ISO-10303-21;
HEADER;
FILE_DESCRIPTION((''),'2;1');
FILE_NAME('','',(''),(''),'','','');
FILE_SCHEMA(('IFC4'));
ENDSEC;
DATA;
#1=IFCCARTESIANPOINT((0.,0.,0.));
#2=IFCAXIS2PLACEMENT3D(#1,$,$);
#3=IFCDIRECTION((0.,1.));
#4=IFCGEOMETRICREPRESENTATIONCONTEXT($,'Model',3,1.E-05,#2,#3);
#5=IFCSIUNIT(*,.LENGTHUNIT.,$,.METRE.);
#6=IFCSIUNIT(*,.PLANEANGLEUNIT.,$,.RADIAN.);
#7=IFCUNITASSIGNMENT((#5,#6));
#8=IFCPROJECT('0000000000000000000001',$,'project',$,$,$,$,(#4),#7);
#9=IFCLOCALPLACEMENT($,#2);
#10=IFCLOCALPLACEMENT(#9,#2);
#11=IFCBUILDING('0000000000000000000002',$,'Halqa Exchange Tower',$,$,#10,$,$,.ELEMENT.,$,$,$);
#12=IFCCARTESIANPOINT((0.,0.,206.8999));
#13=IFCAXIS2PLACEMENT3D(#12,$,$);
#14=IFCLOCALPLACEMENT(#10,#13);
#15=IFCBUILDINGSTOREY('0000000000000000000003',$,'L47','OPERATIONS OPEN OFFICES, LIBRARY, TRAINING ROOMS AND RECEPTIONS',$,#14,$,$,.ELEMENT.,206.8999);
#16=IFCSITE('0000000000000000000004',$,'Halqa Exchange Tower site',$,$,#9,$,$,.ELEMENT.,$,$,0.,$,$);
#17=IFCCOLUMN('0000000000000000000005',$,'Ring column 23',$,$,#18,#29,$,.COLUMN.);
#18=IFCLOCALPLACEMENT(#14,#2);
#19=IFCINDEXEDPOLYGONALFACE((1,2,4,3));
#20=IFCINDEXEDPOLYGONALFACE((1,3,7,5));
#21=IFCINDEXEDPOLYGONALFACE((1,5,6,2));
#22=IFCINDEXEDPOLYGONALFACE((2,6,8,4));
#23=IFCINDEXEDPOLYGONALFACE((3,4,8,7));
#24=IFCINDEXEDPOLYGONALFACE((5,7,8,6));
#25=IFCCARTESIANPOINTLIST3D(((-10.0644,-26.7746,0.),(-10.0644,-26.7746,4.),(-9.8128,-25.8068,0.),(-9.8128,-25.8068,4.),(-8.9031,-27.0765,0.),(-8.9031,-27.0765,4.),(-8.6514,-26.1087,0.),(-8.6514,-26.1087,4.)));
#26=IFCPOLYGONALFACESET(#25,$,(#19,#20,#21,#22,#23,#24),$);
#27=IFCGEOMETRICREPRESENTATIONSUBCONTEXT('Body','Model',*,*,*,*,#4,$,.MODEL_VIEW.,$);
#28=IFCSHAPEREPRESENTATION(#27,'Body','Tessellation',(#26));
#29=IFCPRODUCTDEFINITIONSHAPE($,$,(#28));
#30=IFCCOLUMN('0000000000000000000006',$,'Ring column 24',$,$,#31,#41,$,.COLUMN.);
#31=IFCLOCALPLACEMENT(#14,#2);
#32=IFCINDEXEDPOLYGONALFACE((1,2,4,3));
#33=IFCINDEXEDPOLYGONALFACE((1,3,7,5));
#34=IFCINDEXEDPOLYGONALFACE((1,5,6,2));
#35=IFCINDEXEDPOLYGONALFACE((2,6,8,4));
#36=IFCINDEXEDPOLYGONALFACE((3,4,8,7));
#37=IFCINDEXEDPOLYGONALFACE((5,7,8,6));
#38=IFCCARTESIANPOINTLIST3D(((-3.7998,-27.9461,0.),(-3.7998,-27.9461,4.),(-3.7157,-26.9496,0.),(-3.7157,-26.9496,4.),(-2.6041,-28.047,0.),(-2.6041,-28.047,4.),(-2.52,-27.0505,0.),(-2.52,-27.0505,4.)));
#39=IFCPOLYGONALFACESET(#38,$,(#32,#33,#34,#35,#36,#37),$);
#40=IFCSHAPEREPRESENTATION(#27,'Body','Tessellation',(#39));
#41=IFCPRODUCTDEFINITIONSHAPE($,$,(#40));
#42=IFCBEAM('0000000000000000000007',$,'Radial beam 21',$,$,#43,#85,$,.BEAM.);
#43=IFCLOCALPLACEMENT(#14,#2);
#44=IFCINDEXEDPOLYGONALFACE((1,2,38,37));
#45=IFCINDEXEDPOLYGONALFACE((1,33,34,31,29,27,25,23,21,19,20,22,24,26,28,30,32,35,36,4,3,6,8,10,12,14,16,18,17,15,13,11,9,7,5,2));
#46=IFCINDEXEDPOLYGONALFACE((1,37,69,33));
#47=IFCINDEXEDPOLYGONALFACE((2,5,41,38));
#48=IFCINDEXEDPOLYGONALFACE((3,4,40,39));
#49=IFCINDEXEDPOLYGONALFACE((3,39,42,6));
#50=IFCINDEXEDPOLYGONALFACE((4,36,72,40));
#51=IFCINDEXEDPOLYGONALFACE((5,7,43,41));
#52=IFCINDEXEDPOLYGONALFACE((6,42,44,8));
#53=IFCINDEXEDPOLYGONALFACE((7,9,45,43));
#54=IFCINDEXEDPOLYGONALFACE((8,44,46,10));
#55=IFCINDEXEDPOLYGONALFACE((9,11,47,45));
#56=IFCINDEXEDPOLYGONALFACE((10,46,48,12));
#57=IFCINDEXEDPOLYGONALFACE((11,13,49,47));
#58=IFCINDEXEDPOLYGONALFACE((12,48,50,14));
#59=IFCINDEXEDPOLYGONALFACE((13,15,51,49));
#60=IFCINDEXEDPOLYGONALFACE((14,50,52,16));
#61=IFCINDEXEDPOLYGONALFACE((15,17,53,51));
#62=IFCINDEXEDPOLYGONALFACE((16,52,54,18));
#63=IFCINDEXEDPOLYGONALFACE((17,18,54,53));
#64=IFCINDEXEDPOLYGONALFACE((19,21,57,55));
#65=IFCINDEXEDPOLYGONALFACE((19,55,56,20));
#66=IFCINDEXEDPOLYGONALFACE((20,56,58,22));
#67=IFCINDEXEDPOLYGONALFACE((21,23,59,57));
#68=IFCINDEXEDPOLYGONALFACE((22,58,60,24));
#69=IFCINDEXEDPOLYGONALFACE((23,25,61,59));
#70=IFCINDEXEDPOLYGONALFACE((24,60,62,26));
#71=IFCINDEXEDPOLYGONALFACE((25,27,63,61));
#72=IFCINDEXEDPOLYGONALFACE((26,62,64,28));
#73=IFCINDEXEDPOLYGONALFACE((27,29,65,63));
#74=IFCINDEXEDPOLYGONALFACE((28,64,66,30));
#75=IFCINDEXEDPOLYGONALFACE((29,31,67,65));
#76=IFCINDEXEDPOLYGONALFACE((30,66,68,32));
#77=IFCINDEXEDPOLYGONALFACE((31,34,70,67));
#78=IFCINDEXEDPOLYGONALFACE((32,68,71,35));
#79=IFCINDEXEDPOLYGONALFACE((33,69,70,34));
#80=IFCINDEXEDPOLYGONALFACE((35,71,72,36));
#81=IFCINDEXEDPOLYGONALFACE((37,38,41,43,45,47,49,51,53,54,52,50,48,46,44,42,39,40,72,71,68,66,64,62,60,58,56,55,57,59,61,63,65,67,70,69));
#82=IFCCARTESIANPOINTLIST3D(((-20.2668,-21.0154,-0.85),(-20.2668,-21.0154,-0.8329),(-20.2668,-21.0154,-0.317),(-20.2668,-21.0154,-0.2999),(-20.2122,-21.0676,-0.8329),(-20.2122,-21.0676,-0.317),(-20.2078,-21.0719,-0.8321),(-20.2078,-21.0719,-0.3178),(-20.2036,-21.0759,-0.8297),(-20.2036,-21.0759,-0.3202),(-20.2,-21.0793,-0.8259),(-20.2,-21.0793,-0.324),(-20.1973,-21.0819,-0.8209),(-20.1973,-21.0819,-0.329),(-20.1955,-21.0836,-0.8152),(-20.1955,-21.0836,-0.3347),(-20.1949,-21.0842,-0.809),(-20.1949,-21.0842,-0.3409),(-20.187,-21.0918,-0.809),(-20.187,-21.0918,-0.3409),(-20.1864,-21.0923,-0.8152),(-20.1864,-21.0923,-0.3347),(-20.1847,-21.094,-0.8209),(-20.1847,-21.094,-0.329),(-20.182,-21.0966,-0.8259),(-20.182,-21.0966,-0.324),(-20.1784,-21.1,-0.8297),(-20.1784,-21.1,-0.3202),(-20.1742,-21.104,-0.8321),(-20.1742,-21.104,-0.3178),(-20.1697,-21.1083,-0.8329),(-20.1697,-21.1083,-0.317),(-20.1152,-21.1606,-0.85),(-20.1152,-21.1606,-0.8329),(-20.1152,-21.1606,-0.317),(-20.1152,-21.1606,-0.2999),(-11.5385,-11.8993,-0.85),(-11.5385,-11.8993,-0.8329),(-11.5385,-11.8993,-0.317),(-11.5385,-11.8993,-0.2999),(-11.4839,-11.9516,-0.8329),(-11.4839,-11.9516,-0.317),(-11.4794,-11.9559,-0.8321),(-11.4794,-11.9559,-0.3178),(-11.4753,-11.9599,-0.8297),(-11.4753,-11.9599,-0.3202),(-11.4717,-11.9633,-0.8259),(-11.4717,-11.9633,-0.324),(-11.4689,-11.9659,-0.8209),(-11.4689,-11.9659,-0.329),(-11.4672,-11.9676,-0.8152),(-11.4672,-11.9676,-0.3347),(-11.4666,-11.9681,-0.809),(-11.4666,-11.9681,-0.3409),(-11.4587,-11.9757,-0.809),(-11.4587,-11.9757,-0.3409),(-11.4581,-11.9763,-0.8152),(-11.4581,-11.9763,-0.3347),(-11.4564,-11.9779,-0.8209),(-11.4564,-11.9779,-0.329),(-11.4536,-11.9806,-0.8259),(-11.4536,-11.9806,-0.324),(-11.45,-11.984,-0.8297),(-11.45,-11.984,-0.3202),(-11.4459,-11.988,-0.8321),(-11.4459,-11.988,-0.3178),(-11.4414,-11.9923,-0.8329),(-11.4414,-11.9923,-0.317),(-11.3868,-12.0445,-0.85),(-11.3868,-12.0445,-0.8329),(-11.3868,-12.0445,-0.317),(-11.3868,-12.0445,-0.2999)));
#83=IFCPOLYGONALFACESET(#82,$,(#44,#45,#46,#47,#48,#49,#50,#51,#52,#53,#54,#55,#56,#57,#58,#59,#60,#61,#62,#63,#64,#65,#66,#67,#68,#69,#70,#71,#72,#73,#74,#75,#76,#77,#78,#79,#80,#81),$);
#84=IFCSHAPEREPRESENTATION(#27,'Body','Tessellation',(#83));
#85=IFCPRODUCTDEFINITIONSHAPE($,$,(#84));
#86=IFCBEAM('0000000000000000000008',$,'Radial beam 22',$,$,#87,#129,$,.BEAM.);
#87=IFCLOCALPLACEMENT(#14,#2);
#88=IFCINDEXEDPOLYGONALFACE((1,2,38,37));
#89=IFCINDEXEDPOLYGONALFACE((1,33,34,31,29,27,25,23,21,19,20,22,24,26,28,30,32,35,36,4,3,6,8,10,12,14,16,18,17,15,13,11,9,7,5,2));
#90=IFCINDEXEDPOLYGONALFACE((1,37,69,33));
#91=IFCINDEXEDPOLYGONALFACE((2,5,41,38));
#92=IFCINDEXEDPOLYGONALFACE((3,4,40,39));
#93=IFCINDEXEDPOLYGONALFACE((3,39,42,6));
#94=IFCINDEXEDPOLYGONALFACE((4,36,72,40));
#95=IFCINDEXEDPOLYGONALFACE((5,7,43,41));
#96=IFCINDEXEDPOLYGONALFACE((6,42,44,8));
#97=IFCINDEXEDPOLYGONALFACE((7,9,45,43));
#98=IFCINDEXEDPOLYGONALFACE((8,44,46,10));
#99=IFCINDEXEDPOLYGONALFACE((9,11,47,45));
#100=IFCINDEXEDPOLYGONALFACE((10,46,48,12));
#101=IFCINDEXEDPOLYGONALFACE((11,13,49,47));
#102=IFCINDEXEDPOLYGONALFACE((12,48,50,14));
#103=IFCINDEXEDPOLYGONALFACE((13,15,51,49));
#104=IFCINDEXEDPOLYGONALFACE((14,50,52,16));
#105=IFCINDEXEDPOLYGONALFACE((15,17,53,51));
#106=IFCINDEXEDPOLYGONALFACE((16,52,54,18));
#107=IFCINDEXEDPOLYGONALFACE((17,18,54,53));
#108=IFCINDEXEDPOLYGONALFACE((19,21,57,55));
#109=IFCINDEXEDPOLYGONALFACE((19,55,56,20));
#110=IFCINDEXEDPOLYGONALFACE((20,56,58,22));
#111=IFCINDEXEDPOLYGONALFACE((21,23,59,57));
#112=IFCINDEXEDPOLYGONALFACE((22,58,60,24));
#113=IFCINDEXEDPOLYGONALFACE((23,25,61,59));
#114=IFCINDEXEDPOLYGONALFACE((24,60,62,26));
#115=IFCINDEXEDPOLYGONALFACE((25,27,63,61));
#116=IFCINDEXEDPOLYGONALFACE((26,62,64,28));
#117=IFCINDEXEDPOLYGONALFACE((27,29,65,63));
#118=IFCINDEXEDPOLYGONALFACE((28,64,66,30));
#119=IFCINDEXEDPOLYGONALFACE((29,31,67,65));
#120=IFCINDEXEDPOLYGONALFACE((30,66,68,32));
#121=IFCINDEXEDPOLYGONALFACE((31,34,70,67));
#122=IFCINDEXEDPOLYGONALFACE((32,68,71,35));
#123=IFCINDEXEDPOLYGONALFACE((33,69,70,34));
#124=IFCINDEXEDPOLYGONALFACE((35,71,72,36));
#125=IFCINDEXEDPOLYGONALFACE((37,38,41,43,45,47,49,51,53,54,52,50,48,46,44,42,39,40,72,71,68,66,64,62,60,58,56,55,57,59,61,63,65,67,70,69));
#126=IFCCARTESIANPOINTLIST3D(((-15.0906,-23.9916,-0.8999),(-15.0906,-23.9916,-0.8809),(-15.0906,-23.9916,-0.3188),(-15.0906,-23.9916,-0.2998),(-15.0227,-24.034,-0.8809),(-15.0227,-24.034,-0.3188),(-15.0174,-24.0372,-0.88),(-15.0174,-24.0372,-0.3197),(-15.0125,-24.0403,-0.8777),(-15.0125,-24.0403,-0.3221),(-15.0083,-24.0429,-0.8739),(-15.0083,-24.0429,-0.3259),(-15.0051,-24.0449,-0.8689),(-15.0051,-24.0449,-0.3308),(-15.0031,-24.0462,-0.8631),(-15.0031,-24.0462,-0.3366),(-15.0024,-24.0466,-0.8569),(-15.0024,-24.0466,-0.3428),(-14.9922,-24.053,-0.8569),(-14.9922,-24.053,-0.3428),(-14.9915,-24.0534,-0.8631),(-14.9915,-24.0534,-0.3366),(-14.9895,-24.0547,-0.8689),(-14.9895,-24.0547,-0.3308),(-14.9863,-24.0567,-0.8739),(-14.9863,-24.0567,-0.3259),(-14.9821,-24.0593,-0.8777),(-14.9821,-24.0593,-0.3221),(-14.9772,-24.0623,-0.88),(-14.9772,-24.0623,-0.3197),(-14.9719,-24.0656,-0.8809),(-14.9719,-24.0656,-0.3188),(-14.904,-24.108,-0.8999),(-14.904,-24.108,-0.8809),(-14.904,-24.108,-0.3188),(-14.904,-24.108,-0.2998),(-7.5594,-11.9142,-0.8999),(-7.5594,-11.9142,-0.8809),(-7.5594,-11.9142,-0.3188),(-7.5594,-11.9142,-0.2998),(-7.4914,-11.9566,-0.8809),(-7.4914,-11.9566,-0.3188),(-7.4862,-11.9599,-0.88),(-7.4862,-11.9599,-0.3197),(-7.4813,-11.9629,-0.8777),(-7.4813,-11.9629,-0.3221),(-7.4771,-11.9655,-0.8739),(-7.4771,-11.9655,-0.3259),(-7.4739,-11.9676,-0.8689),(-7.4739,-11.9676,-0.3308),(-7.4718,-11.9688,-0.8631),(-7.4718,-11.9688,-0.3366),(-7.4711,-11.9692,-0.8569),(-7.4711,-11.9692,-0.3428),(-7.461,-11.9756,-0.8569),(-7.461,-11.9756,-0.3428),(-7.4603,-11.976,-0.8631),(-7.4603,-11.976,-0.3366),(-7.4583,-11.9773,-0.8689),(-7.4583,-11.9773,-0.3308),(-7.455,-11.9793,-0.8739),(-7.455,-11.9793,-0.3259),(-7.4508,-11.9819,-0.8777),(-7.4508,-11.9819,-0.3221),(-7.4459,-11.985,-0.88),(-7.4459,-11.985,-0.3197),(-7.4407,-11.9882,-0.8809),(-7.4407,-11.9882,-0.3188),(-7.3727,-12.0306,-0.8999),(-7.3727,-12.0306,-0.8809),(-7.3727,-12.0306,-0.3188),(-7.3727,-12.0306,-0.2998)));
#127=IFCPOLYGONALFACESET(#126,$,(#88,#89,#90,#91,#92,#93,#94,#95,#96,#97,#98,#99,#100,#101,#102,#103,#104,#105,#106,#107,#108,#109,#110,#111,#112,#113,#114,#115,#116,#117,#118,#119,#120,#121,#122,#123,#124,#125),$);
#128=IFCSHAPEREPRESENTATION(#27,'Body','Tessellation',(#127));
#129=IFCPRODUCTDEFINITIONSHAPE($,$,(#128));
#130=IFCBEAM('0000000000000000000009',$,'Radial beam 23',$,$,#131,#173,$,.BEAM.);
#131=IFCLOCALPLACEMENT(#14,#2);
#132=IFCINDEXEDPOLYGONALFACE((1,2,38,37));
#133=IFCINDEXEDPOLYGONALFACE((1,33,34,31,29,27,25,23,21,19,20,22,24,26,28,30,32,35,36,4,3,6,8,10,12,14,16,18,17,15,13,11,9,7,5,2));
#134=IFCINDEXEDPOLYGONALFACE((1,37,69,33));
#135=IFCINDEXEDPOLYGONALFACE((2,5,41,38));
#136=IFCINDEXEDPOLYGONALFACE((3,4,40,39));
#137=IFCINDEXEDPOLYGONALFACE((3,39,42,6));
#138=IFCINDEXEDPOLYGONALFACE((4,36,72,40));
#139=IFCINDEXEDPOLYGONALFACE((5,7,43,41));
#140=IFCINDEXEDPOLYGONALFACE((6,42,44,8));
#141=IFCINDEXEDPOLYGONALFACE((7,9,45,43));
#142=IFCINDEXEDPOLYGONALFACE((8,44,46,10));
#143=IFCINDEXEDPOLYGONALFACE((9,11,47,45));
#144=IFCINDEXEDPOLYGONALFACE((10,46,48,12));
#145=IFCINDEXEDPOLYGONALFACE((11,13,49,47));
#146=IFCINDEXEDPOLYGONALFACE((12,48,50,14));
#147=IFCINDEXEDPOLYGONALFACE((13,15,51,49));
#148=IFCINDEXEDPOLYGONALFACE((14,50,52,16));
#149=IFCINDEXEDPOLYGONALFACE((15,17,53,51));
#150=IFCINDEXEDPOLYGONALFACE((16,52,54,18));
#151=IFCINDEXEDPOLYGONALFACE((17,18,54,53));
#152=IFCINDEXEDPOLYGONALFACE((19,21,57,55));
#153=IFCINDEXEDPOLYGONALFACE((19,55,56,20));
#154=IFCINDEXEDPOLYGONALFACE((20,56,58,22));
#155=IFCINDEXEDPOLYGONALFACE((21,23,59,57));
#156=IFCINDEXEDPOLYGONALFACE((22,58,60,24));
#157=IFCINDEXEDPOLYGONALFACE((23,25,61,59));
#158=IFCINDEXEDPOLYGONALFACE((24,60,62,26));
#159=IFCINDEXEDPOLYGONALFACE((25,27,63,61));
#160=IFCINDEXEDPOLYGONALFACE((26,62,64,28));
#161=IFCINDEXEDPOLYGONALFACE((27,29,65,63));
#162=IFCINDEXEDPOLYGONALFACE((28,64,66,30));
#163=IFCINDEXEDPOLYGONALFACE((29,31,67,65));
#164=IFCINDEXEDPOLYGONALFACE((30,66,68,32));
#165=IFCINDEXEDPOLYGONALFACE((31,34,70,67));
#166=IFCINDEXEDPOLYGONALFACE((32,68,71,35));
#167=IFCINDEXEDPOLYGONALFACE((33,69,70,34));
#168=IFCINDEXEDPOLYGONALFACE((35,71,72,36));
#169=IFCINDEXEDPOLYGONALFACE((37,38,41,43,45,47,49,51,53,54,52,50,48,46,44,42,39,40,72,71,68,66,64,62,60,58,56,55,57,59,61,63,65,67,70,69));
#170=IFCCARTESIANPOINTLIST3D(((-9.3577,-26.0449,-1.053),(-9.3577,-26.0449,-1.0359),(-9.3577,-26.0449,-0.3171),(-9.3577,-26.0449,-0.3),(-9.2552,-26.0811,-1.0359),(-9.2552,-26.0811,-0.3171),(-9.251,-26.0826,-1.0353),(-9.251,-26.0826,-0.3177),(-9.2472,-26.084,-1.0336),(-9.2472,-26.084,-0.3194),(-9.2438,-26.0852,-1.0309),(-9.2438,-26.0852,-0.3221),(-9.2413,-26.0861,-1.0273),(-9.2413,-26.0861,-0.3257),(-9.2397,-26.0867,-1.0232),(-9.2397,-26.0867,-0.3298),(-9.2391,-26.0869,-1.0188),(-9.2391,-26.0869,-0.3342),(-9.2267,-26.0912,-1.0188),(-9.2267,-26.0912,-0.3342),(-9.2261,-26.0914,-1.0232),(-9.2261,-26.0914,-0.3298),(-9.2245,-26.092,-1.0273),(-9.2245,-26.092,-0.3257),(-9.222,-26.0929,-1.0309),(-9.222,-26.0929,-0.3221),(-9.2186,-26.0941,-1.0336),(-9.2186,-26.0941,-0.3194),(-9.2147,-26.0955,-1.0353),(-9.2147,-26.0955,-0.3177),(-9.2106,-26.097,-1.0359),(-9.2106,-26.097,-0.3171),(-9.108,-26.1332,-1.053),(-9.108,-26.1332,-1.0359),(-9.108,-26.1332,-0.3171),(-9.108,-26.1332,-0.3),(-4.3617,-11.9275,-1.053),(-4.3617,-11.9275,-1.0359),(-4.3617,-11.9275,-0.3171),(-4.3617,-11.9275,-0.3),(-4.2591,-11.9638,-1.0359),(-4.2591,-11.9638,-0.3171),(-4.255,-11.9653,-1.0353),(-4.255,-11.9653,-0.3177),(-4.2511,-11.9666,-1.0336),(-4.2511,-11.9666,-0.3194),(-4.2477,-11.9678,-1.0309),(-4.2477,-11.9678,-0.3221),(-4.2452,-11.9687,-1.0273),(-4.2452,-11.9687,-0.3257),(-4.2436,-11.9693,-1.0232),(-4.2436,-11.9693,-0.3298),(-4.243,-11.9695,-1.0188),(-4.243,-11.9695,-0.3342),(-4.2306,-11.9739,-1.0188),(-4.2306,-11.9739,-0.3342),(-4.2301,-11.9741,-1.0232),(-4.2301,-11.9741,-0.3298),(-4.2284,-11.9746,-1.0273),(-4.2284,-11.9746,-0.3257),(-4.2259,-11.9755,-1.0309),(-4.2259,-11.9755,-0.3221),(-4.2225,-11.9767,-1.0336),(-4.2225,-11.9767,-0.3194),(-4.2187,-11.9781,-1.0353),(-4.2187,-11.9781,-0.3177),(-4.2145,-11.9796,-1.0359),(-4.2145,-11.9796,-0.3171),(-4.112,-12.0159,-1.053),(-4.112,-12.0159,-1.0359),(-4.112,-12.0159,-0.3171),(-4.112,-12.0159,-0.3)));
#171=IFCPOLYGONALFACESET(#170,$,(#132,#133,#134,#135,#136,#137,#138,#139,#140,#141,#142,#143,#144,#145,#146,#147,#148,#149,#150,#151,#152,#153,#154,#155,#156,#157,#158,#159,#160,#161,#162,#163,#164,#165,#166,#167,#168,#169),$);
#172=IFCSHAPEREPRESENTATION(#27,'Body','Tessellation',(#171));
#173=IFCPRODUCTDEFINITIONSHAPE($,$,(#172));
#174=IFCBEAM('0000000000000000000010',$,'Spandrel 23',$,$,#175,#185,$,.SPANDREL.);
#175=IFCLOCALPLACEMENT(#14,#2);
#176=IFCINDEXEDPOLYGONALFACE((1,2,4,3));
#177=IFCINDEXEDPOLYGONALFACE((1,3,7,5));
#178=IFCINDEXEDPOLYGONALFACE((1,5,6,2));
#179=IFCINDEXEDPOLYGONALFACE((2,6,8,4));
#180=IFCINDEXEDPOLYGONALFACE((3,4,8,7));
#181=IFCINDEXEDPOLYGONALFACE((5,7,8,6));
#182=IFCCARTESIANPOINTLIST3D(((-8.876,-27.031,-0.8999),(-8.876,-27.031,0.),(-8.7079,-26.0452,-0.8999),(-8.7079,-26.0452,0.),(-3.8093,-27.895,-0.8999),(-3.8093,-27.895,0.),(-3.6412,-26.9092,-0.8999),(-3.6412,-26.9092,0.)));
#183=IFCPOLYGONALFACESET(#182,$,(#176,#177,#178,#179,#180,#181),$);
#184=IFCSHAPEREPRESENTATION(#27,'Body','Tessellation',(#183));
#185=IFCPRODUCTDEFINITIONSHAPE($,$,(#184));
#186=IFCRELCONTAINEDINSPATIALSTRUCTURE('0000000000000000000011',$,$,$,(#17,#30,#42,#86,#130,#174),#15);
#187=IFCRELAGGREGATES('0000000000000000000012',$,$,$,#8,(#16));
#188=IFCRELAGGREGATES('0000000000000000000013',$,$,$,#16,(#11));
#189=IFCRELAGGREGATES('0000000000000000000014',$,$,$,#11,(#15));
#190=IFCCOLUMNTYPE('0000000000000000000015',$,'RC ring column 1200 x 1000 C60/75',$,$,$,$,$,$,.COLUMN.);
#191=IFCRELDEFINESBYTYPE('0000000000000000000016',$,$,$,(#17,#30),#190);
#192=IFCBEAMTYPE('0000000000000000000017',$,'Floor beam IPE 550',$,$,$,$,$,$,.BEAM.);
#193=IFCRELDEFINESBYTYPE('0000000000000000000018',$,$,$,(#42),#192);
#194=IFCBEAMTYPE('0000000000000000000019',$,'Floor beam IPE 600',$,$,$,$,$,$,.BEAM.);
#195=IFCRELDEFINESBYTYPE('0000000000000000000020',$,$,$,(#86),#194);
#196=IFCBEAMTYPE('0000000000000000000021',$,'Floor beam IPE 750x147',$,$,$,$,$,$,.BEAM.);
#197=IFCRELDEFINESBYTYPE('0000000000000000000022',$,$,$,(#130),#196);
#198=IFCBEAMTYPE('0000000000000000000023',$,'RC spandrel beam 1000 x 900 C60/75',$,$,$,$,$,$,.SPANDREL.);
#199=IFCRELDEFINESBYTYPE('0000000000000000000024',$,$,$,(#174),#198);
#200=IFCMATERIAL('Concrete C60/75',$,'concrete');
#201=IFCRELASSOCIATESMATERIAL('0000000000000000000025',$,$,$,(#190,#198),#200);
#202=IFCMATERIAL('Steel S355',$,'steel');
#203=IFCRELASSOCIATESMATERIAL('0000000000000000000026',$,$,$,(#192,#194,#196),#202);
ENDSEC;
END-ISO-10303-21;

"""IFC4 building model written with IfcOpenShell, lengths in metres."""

from ifc_helpers import new_model, si_unit, direction, frame, origin, origin_2d, place, context, subcontext, project, spatial, rectangle, i_section, extrude, material, material_profile, profile_set, type_object, element, save


model = new_model("IFC4")

# Units and contexts
model_context = context("Model", 3, precision=1e-05, world=origin(), true_north=direction((0.0, 1.0)))
body_context = subcontext(model_context, "Body", "Model", "MODEL_VIEW")
ifc_project = project(units=[si_unit("LENGTHUNIT", "METRE"), si_unit("PLANEANGLEUNIT", "RADIAN")], contexts=[model_context])

# Site, building, storey
site_placement = place(None, origin())
site = spatial("IfcSite", under=ifc_project, at=site_placement, Name="Halqa Exchange Tower site", CompositionType="ELEMENT", RefElevation=0.0)
building_placement = place(site_placement, origin())
building = spatial("IfcBuilding", under=site, at=building_placement, Name="Halqa Exchange Tower", CompositionType="ELEMENT")
storey_placement = place(building_placement, frame((0.0, 0.0, 206.8999)))
storey = spatial("IfcBuildingStorey", under=building, at=storey_placement, Name="L47", Description="OPERATIONS OPEN OFFICES, LIBRARY, TRAINING ROOMS AND RECEPTIONS", CompositionType="ELEMENT", Elevation=206.8999)

# Columns
ifc_material_1 = material(Name="Concrete C60/75", Category="concrete")
ifc_material_profile_1 = material_profile(ifc_material_1, rectangle(XDim=1.2, YDim=1.0, at=origin_2d()), Name="1200 x 1000")
ifc_profile_set_1 = profile_set([ifc_material_profile_1], Name="Concrete C60/75")
column_type = type_object("IfcColumnType", Name="RC ring column 1200 x 1000 C60/75", PredefinedType="COLUMN", material=ifc_profile_set_1)
for number, where, z_axis, x_axis, name in (
    (1, (-9.3579, -26.4417, 0.0), (0.0, 0.0, 1.0), (0.96782, -0.251642, 0.0), "Ring column 23"),
    (2, (-3.1599, -27.4983, 0.0), (0.0, 0.0, 1.0), (0.996456, -0.084118, 0.0), "Ring column 24"),
):
    element("IfcColumn", number, at=place(storey_placement, frame(where, z_axis=z_axis, x_axis=x_axis)), inside=storey, type_object=column_type, Name=name, PredefinedType="COLUMN", context=body_context, shape_type="SweptSolid", body=[
        extrude(rectangle(XDim=1.2, YDim=1.0, at=origin_2d()), origin(), (0.0, 0.0, 1.0), 4.0),
    ])

# Beams
ifc_material_2 = material(Name="Steel S355", Category="steel")
ifc_material_profile_2 = material_profile(ifc_material_2, i_section(OverallWidth=0.21, OverallDepth=0.55, WebThickness=0.011, FlangeThickness=0.0171, FilletRadius=0.0239, at=origin_2d()), Name="IPE 550")
ifc_profile_set_2 = profile_set([ifc_material_profile_2], Name="Steel S355")
beam_type_1 = type_object("IfcBeamType", Name="Floor beam IPE 550", PredefinedType="BEAM", material=ifc_profile_set_2)
beam_1_placement = place(storey_placement, frame((-11.4626, -11.9719, -0.575), z_axis=(-0.691581, -0.722299, 0.0), x_axis=(0.722299, -0.691581, 0.0)))
element("IfcBeam", 3, at=beam_1_placement, inside=storey, type_object=beam_type_1, Name="Radial beam 21", PredefinedType="BEAM", context=body_context, shape_type="SweptSolid", body=[
    extrude(i_section(OverallWidth=0.21, OverallDepth=0.55, WebThickness=0.011, FlangeThickness=0.0171, FilletRadius=0.0239, at=origin_2d()), origin(), (0.0, 0.0, 1.0), 12.6208),
])
ifc_material_profile_3 = material_profile(ifc_material_2, i_section(OverallWidth=0.22, OverallDepth=0.6001, WebThickness=0.012, FlangeThickness=0.019, FilletRadius=0.0239, at=origin_2d()), Name="IPE 600")
ifc_profile_set_3 = profile_set([ifc_material_profile_3], Name="Steel S355")
beam_type_2 = type_object("IfcBeamType", Name="Floor beam IPE 600", PredefinedType="BEAM", material=ifc_profile_set_3)
beam_2_placement = place(storey_placement, frame((-7.4661, -11.9724, -0.5999), z_axis=(-0.529134, -0.848538, 0.0), x_axis=(0.848538, -0.529134, 0.0)))
element("IfcBeam", 4, at=beam_2_placement, inside=storey, type_object=beam_type_2, Name="Radial beam 22", PredefinedType="BEAM", context=body_context, shape_type="SweptSolid", body=[
    extrude(i_section(OverallWidth=0.22, OverallDepth=0.6001, WebThickness=0.012, FlangeThickness=0.019, FilletRadius=0.0239, at=origin_2d()), origin(), (0.0, 0.0, 1.0), 14.2332),
])
ifc_material_profile_4 = material_profile(ifc_material_2, i_section(OverallWidth=0.2649, OverallDepth=0.7529, WebThickness=0.0132, FlangeThickness=0.0171, FilletRadius=0.0171, at=origin_2d()), Name="IPE 750x147")
ifc_profile_set_4 = profile_set([ifc_material_profile_4], Name="Steel S355")
beam_type_3 = type_object("IfcBeamType", Name="Floor beam IPE 750x147", PredefinedType="BEAM", material=ifc_profile_set_4)
beam_3_placement = place(storey_placement, frame((-4.2368, -11.9717, -0.6765), z_axis=(-0.33362, -0.942708, 0.0), x_axis=(0.942708, -0.33362, 0.0)))
element("IfcBeam", 5, at=beam_3_placement, inside=storey, type_object=beam_type_3, Name="Radial beam 23", PredefinedType="BEAM", context=body_context, shape_type="SweptSolid", body=[
    extrude(i_section(OverallWidth=0.2649, OverallDepth=0.7529, WebThickness=0.0132, FlangeThickness=0.0171, FilletRadius=0.0171, at=origin_2d()), origin(), (0.0, 0.0, 1.0), 14.9753),
])
ifc_material_profile_5 = material_profile(ifc_material_1, rectangle(XDim=1.0, YDim=0.8999, at=origin_2d()), Name="1000 x 900")
ifc_profile_set_5 = profile_set([ifc_material_profile_5], Name="Concrete C60/75")
beam_type_4 = type_object("IfcBeamType", Name="RC spandrel beam 1000 x 900 C60/75", PredefinedType="SPANDREL", material=ifc_profile_set_5)
beam_4_placement = place(storey_placement, frame((-8.792, -26.5381, -0.45), z_axis=(0.985769, -0.168103, 0.0), x_axis=(0.168103, 0.985769, 0.0)))
element("IfcBeam", 6, at=beam_4_placement, inside=storey, type_object=beam_type_4, Name="Spandrel 23", PredefinedType="SPANDREL", context=body_context, shape_type="SweptSolid", body=[
    extrude(rectangle(XDim=1.0, YDim=0.8999, at=origin_2d()), origin(), (0.0, 0.0, 1.0), 5.1399),
])

save(model, "model.ifc")
